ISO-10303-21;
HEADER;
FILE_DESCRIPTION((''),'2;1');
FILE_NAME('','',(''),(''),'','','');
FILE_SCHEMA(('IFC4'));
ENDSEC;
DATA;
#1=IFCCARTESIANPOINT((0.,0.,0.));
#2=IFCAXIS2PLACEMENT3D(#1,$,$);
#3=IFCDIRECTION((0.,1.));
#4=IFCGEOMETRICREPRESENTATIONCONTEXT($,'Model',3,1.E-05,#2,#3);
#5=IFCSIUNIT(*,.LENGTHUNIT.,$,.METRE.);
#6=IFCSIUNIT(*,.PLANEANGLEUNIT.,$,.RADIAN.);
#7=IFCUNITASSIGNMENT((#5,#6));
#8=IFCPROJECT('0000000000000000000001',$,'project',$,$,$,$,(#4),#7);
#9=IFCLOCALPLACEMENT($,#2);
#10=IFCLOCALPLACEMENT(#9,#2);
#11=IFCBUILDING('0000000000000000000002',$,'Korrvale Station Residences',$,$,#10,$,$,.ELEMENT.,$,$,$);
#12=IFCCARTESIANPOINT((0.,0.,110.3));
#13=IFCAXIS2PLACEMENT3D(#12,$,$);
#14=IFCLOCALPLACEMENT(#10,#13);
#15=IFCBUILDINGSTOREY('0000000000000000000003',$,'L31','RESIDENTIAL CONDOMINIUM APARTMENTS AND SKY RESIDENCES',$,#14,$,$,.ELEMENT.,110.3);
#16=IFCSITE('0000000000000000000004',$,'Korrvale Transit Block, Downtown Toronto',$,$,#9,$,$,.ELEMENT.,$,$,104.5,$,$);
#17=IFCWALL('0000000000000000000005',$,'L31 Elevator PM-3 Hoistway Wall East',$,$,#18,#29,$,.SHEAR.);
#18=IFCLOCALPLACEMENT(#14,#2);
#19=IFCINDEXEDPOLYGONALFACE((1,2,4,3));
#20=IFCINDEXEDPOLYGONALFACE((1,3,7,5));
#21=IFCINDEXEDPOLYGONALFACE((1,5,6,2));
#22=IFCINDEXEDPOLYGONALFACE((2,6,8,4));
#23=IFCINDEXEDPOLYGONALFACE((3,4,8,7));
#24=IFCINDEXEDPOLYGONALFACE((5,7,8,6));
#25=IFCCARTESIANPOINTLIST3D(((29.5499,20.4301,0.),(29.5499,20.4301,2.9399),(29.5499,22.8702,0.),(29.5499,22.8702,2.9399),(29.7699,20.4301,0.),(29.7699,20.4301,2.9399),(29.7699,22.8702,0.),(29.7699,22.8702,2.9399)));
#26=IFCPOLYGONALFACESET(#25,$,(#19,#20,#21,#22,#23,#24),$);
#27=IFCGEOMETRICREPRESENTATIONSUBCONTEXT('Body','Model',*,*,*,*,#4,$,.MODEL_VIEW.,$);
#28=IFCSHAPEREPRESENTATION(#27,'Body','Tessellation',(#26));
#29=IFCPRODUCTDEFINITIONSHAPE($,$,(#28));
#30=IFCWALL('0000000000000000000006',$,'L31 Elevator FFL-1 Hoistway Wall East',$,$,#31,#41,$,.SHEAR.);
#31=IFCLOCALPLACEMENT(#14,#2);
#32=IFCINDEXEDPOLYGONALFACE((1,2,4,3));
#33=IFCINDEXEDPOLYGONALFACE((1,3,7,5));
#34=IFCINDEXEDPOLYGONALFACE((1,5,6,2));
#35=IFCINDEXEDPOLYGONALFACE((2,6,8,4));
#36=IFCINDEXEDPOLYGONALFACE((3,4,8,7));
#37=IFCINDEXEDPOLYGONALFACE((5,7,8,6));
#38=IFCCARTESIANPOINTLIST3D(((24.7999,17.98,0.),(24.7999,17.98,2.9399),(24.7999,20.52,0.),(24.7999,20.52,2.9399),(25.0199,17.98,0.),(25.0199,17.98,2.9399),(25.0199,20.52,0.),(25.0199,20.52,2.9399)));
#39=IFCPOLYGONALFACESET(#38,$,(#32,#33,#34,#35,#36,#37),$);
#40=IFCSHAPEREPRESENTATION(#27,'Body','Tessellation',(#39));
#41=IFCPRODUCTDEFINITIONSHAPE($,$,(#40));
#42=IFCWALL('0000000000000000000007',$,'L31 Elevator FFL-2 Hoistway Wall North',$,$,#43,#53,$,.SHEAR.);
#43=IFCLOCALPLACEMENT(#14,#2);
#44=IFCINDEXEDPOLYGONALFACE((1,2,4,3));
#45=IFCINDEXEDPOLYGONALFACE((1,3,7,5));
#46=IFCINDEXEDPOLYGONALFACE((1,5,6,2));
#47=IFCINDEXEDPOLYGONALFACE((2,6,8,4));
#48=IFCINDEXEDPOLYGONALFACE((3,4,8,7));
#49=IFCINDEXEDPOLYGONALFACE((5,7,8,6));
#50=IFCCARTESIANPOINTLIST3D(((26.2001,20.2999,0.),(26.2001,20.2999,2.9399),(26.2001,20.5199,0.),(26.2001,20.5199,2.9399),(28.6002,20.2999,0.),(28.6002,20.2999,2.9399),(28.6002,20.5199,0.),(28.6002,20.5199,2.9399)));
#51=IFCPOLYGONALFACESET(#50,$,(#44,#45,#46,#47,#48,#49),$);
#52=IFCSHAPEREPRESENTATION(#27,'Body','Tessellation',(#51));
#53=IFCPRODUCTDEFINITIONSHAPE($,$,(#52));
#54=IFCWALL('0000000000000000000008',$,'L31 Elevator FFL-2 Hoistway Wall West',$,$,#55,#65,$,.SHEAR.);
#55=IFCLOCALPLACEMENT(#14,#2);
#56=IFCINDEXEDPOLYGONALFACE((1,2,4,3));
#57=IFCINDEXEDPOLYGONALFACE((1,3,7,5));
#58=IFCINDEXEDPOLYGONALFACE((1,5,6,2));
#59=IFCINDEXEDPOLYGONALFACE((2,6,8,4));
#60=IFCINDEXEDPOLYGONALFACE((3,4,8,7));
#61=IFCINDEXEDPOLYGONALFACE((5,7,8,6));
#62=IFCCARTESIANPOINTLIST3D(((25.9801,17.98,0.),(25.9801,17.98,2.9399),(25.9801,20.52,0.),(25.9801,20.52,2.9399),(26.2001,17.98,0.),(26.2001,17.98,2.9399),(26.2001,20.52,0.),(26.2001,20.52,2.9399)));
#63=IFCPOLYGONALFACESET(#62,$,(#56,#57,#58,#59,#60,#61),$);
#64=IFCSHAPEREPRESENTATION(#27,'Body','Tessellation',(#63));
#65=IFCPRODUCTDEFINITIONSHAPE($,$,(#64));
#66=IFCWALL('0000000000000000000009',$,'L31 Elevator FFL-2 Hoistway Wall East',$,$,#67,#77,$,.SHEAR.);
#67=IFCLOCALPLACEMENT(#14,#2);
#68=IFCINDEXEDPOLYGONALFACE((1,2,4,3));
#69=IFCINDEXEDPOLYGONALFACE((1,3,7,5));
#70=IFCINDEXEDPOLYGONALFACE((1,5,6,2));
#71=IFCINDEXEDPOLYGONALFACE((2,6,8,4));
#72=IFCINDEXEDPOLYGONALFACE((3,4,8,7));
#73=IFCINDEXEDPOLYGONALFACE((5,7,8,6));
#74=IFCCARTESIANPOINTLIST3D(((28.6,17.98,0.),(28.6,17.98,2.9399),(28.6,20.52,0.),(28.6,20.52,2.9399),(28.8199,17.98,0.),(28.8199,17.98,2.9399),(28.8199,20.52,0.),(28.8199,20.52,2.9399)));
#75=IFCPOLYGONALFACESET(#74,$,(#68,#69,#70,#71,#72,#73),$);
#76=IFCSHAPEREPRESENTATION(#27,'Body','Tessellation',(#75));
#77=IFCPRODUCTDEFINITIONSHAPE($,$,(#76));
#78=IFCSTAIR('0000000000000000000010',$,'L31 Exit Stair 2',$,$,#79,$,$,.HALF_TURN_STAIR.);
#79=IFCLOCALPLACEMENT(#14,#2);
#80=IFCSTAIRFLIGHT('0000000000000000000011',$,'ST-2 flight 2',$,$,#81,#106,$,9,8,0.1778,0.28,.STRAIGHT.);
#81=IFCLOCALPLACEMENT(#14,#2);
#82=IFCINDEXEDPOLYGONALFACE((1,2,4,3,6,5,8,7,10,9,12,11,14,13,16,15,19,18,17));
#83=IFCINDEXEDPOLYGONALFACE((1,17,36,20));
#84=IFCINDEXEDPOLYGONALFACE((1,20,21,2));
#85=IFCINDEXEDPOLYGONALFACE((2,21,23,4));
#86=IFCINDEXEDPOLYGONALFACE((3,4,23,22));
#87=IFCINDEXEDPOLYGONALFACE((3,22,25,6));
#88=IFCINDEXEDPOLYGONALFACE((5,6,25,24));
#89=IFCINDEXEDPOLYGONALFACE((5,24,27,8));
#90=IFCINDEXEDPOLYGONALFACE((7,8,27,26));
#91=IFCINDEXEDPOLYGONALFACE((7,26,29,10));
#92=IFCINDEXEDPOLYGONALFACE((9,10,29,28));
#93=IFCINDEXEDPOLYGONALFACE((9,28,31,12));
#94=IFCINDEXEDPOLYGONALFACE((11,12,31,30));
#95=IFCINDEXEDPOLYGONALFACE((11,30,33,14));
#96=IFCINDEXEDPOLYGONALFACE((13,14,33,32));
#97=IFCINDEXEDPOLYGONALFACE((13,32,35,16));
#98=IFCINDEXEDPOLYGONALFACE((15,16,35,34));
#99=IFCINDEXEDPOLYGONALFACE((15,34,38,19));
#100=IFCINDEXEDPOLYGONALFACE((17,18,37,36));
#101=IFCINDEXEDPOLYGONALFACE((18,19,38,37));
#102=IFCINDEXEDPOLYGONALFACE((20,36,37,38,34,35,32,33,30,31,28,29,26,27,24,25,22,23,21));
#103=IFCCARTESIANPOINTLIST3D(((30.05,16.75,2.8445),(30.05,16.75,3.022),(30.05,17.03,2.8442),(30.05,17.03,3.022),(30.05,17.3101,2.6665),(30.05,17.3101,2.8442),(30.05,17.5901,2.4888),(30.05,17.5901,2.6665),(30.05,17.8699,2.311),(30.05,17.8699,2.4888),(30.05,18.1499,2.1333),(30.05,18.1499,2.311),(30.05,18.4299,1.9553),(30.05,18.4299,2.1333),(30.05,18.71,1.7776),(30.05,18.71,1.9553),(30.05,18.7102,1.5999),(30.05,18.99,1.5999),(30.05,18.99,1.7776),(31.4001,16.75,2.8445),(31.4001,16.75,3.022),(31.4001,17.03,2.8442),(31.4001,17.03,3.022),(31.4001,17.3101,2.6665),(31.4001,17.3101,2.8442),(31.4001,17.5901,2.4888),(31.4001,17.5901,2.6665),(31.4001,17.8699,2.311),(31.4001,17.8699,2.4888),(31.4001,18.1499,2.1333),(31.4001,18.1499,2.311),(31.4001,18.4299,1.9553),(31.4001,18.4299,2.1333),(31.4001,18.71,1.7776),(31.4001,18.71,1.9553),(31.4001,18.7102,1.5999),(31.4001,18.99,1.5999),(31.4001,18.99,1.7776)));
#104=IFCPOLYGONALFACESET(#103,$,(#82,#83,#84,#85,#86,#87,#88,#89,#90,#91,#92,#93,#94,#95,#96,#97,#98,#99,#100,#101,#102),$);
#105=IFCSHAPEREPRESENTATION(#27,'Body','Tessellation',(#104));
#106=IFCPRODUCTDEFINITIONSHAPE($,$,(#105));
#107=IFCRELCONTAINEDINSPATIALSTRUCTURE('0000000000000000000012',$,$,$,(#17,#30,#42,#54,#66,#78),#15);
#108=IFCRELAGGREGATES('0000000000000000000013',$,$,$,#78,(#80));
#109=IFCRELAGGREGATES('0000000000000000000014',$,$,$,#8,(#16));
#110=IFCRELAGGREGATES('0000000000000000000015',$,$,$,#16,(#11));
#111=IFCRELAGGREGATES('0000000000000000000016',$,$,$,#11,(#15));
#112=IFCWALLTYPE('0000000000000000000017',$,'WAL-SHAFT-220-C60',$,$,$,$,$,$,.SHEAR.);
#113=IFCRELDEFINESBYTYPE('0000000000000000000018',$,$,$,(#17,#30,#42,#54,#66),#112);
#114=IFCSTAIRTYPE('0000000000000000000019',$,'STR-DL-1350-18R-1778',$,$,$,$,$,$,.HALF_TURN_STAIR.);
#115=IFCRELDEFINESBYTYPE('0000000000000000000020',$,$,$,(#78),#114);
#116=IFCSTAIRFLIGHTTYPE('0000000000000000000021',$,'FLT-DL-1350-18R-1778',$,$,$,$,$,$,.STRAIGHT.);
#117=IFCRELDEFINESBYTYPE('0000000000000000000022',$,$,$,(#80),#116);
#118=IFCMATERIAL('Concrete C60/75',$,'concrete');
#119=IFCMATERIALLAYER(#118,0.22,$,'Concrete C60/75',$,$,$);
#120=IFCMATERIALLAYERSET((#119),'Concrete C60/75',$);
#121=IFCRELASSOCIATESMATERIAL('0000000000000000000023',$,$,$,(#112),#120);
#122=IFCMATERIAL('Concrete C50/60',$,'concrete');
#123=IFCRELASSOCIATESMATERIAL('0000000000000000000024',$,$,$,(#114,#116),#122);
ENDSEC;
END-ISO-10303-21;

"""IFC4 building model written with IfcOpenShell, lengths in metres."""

from ifc_helpers import new_model, si_unit, direction, frame, frame_2d, origin, place, context, subcontext, project, spatial, polyline, rectangle, outline, extrude, material, layer, layer_set, type_object, element, aggregate, save


model = new_model("IFC4")

# Units and contexts
model_context = context("Model", 3, precision=1e-05, world=origin(), true_north=direction((0.0, 1.0)))
body_context = subcontext(model_context, "Body", "Model", "MODEL_VIEW")
ifc_project = project(units=[si_unit("LENGTHUNIT", "METRE"), si_unit("PLANEANGLEUNIT", "RADIAN")], contexts=[model_context])

# Site, building, storey
site_placement = place(None, origin())
site = spatial("IfcSite", under=ifc_project, at=site_placement, Name="Korrvale Transit Block, Downtown Toronto", CompositionType="ELEMENT", RefElevation=104.5)
building_placement = place(site_placement, origin())
building = spatial("IfcBuilding", under=site, at=building_placement, Name="Korrvale Station Residences", CompositionType="ELEMENT")
storey_placement = place(building_placement, frame((0.0, 0.0, 110.3)))
storey = spatial("IfcBuildingStorey", under=building, at=storey_placement, Name="L31", Description="RESIDENTIAL CONDOMINIUM APARTMENTS AND SKY RESIDENCES", CompositionType="ELEMENT", Elevation=110.3)

# Shared definitions
ifc_material_1 = material(Name="Concrete C60/75", Category="concrete")

# Walls
ifc_layer_1 = layer(ifc_material_1, 0.22, Name="Concrete C60/75")
ifc_layer_set_1 = layer_set([ifc_layer_1], Name="Concrete C60/75")
wall_type_1 = type_object("IfcWallType", Name="WAL-SHAFT-220-C60", PredefinedType="SHEAR", material=ifc_layer_set_1)
for number, where, z_axis, x_axis, name in (
    (1, (29.6599, 20.4299, 0.0), (0.0, 0.0, 1.0), (0.0, 1.0, 0.0), "L31 Elevator PM-3 Hoistway Wall East"),
):
    element("IfcWall", number, at=place(storey_placement, frame(where, z_axis=z_axis, x_axis=x_axis)), inside=storey, type_object=wall_type_1, Name=name, PredefinedType="SHEAR", context=body_context, shape_type="SweptSolid", body=[
        extrude(rectangle(XDim=2.4402, YDim=0.22, at=frame_2d((1.2202, 0.0))), origin(), (0.0, 0.0, 1.0), 2.9399),
    ])
wall_1_placement = place(storey_placement, frame((24.9099, 17.98, 0.0), z_axis=(0.0, 0.0, 1.0), x_axis=(0.0, 1.0, 0.0)))
element("IfcWall", 2, at=wall_1_placement, inside=storey, type_object=wall_type_1, Name="L31 Elevator FFL-1 Hoistway Wall East", PredefinedType="SHEAR", context=body_context, shape_type="SweptSolid", body=[
    extrude(rectangle(XDim=2.54, YDim=0.22, at=frame_2d((1.27, 0.0))), origin(), (0.0, 0.0, 1.0), 2.9399),
])

# Walls
wall_2_placement = place(storey_placement, frame((26.2, 20.4099, 0.0), z_axis=(0.0, 0.0, 1.0), x_axis=(1.0, 0.0, 0.0)))
element("IfcWall", 3, at=wall_2_placement, inside=storey, type_object=wall_type_1, Name="L31 Elevator FFL-2 Hoistway Wall North", PredefinedType="SHEAR", context=body_context, shape_type="SweptSolid", body=[
    extrude(rectangle(XDim=2.4001, YDim=0.22, at=frame_2d((1.2002, 0.0))), origin(), (0.0, 0.0, 1.0), 2.9399),
])
for number, where, z_axis, x_axis, name in (
    (4, (26.0901, 17.98, 0.0), (0.0, 0.0, 1.0), (0.0, 1.0, 0.0), "L31 Elevator FFL-2 Hoistway Wall West"),
    (5, (28.71, 17.98, 0.0), (0.0, 0.0, 1.0), (0.0, 1.0, 0.0), "L31 Elevator FFL-2 Hoistway Wall East"),
):
    element("IfcWall", number, at=place(storey_placement, frame(where, z_axis=z_axis, x_axis=x_axis)), inside=storey, type_object=wall_type_1, Name=name, PredefinedType="SHEAR", context=body_context, shape_type="SweptSolid", body=[
        extrude(rectangle(XDim=2.54, YDim=0.22, at=frame_2d((1.27, 0.0))), origin(), (0.0, 0.0, 1.0), 2.9399),
    ])

# Stair, stair flight
ifc_material_2 = material(Name="Concrete C50/60", Category="concrete")
stair_type = type_object("IfcStairType", Name="STR-DL-1350-18R-1778", PredefinedType="HALF_TURN_STAIR", material=ifc_material_2)
stair_placement = place(storey_placement, origin())
stair = element("IfcStair", 6, at=stair_placement, inside=storey, type_object=stair_type, Name="L31 Exit Stair 2", PredefinedType="HALF_TURN_STAIR")
stair_flight_type = type_object("IfcStairFlightType", Name="FLT-DL-1350-18R-1778", PredefinedType="STRAIGHT", material=ifc_material_2)
stair_flight_placement = place(storey_placement, frame((30.7251, 18.99, 1.5999), z_axis=(0.0, 0.0, 1.0), x_axis=(0.0, -1.0, 0.0)))
stair_flight = element("IfcStairFlight", 7, at=stair_flight_placement, type_object=stair_flight_type, Name="ST-2 flight 2", NumberOfRisers=9, NumberOfTreads=8, PredefinedType="STRAIGHT", RiserHeight=0.1778, TreadLength=0.28, context=body_context, shape_type="SweptSolid", body=[
    extrude(outline(polyline([(0.0, 0.0), (0.0, 0.1777), (0.28, 0.1777), (0.28, 0.3555), (0.5601, 0.3555), (0.5601, 0.5334), (0.8401, 0.5334), (0.8401, 0.7112), (1.1201, 0.7112), (1.1201, 0.8889), (1.3999, 0.8889), (1.3999, 1.0667), (1.6799, 1.0667), (1.6799, 1.2444), (1.96, 1.2444), (1.96, 1.4221), (2.24, 1.4221), (2.24, 1.6001), (2.24, 1.2446), (0.2798, 0.0), (0.0, 0.0)])), frame((0.0, 0.675, 0.0), z_axis=(0.0, -1.0, 0.0), x_axis=(1.0, 0.0, 0.0)), (0.0, 0.0, 1.0), 1.3501),
])
aggregate(stair, [stair_flight])

save(model, "model.ifc")
